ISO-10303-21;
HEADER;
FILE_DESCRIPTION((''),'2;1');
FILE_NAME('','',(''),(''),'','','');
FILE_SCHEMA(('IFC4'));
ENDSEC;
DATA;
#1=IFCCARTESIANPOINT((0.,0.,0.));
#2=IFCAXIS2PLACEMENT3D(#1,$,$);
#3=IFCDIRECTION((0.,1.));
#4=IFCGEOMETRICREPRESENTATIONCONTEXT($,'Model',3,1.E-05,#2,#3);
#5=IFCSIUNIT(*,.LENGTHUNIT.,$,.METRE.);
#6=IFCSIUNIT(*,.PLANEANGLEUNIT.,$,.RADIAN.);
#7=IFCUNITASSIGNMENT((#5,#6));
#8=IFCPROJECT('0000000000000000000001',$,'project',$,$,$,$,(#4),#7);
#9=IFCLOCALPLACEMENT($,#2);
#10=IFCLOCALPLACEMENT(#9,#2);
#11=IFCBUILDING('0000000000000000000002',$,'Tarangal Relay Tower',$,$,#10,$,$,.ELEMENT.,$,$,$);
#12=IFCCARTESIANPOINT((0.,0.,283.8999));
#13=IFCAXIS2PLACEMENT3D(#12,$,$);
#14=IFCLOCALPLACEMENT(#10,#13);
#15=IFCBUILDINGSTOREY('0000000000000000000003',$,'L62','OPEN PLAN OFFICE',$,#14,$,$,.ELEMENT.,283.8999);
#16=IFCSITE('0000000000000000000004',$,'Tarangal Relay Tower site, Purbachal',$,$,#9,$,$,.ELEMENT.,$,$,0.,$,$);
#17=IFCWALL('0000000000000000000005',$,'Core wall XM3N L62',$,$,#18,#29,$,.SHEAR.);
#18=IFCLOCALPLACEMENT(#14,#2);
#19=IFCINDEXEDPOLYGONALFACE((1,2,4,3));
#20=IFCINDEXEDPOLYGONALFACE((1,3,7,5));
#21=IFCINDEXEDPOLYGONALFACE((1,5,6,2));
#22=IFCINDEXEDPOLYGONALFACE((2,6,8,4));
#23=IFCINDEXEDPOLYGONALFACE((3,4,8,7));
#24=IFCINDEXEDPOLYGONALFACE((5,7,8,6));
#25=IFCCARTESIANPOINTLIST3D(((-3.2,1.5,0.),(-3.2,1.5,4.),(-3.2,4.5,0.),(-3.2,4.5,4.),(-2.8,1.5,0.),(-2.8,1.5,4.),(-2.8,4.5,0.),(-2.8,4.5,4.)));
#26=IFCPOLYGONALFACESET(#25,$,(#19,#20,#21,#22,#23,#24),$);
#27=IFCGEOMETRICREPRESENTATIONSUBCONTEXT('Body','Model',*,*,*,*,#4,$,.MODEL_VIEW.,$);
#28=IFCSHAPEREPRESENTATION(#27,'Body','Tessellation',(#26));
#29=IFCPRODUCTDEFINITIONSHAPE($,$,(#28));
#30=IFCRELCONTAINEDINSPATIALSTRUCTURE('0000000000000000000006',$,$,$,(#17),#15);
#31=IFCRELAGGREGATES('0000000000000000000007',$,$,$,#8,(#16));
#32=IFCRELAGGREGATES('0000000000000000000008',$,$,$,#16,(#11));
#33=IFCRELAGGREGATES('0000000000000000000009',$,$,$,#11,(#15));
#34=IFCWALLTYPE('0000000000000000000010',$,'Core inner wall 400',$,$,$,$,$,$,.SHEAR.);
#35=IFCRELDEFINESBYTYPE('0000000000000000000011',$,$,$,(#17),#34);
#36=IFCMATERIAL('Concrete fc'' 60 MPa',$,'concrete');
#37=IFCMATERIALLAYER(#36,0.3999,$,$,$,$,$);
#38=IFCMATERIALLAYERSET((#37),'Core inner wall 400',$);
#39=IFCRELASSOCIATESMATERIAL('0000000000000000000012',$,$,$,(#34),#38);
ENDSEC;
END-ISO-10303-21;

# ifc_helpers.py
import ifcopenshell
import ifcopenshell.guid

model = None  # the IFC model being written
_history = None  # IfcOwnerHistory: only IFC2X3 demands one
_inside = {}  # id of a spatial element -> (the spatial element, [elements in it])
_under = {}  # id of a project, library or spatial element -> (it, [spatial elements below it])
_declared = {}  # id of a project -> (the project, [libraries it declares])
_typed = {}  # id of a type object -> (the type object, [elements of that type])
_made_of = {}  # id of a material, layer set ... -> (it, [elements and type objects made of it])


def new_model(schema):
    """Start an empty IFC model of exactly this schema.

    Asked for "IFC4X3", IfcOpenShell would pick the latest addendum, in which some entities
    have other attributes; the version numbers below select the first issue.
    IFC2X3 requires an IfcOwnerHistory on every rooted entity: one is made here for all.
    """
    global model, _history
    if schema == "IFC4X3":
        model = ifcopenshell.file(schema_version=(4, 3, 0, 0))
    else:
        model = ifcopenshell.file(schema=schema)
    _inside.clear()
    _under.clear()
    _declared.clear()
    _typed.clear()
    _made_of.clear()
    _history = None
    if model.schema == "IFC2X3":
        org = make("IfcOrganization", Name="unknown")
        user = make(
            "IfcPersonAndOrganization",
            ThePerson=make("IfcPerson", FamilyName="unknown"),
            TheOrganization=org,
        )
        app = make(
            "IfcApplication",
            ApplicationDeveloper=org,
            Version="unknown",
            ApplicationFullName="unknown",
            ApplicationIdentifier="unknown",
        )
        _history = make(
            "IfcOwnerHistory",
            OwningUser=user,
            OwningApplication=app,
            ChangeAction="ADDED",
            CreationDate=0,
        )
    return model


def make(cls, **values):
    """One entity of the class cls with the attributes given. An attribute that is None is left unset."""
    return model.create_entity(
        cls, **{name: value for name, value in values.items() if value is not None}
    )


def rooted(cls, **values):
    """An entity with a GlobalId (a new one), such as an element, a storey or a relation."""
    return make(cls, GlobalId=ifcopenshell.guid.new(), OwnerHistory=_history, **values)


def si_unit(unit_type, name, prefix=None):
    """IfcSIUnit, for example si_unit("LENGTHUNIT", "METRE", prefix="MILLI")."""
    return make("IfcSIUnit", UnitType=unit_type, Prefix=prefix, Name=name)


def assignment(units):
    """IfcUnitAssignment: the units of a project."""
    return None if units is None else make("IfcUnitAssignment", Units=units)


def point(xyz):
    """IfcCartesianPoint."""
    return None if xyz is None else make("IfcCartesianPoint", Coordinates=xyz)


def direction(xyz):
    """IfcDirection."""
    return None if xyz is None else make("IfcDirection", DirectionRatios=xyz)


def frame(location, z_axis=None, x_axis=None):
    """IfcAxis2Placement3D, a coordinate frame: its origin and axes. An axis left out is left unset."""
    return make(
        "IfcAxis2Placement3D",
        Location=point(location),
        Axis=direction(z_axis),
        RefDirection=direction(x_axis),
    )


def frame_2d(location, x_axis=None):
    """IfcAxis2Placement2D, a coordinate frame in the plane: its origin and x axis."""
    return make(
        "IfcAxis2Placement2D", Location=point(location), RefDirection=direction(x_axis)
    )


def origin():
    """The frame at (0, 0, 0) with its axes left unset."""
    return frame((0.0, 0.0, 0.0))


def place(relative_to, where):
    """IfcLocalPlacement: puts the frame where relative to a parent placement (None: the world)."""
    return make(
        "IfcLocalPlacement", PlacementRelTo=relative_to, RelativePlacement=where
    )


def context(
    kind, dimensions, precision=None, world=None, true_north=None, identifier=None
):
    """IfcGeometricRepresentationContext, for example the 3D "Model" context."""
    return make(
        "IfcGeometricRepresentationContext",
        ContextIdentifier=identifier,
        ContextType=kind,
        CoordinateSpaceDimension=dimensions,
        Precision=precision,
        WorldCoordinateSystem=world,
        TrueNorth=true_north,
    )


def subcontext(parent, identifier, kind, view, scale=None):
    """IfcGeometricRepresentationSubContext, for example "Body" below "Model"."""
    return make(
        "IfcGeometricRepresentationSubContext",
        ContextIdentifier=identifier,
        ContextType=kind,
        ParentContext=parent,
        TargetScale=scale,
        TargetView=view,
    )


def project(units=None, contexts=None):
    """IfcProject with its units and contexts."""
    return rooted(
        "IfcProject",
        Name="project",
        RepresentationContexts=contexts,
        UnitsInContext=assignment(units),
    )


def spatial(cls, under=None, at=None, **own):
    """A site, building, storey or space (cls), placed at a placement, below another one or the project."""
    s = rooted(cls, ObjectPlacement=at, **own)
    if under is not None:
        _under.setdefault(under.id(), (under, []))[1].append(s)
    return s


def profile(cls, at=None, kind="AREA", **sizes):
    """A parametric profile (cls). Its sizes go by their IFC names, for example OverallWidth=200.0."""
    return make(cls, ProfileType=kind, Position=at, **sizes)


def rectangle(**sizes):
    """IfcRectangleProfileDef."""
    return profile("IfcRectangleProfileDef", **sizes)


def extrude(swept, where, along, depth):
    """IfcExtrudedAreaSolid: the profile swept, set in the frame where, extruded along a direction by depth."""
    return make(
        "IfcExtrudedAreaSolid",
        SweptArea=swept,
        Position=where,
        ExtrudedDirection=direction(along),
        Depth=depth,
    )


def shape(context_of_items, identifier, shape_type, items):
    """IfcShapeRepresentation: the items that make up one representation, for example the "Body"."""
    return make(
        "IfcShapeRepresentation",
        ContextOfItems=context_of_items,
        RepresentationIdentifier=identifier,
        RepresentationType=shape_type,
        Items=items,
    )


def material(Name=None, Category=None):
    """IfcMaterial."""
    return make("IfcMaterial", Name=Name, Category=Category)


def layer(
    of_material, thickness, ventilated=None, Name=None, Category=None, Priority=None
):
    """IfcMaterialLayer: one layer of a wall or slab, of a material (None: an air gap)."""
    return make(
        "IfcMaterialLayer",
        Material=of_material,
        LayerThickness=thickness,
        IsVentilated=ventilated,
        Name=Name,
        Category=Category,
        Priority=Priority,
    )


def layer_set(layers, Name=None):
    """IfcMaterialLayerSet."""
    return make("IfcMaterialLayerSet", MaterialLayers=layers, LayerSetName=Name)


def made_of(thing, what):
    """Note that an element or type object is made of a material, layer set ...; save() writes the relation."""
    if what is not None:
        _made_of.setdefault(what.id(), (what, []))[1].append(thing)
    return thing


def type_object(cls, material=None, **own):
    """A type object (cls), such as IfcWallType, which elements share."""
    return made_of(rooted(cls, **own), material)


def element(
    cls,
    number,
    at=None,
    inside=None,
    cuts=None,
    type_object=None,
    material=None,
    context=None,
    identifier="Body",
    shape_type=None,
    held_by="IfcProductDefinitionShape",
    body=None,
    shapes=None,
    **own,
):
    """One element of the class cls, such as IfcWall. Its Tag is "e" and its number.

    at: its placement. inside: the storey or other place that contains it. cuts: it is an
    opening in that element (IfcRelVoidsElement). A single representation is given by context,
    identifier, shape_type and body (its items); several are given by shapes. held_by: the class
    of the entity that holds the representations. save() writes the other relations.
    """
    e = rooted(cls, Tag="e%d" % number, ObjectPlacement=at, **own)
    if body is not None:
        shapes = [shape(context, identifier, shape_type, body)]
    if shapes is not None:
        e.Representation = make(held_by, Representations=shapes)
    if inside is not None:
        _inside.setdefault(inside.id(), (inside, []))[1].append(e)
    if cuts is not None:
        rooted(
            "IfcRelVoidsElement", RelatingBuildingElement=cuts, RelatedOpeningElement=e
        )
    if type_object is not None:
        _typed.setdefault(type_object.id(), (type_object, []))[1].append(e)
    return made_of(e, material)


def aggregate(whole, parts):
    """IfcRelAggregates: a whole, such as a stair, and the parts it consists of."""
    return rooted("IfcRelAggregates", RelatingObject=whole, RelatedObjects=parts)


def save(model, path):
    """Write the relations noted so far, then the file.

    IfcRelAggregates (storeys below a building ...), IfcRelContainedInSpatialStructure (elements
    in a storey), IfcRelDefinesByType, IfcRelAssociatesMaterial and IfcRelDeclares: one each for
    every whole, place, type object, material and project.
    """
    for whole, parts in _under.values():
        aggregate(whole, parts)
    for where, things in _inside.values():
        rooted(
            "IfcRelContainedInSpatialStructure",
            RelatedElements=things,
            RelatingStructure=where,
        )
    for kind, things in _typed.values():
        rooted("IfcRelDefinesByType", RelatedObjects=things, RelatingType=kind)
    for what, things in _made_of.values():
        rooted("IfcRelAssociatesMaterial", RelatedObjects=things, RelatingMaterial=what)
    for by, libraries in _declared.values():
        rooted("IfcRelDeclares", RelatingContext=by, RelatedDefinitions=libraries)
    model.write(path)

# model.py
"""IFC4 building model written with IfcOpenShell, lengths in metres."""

from ifc_helpers import new_model, si_unit, direction, frame, frame_2d, origin, place, context, subcontext, project, spatial, rectangle, extrude, material, layer, layer_set, type_object, element, save


model = new_model("IFC4")

# Units and contexts
model_context = context("Model", 3, precision=1e-05, world=origin(), true_north=direction((0.0, 1.0)))
body_context = subcontext(model_context, "Body", "Model", "MODEL_VIEW")
ifc_project = project(units=[si_unit("LENGTHUNIT", "METRE"), si_unit("PLANEANGLEUNIT", "RADIAN")], contexts=[model_context])

# Site, building, storey
site_placement = place(None, origin())
site = spatial("IfcSite", under=ifc_project, at=site_placement, Name="Tarangal Relay Tower site, Purbachal", CompositionType="ELEMENT", RefElevation=0.0)
building_placement = place(site_placement, origin())
building = spatial("IfcBuilding", under=site, at=building_placement, Name="Tarangal Relay Tower", CompositionType="ELEMENT")
storey_placement = place(building_placement, frame((0.0, 0.0, 283.8999)))
storey = spatial("IfcBuildingStorey", under=building, at=storey_placement, Name="L62", Description="OPEN PLAN OFFICE", CompositionType="ELEMENT", Elevation=283.8999)

# Shared definitions
ifc_material_1 = material(Name="Concrete fc' 60 MPa", Category="concrete")
ifc_layer_1 = layer(ifc_material_1, 0.3999)
ifc_layer_set_1 = layer_set([ifc_layer_1], Name="Core inner wall 400")
wall_type = type_object("IfcWallType", Name="Core inner wall 400", PredefinedType="SHEAR", material=ifc_layer_set_1)

# Wall
for number, where, z_axis, x_axis, name in (
    (1, (-3.0, 1.5, 0.0), (0.0, 0.0, 1.0), (0.0, 1.0, 0.0), "Core wall XM3N L62"),
):
    element("IfcWall", number, at=place(storey_placement, frame(where, z_axis=z_axis, x_axis=x_axis)), inside=storey, type_object=wall_type, Name=name, PredefinedType="SHEAR", context=body_context, shape_type="SweptSolid", body=[
        extrude(rectangle(XDim=3.0, YDim=0.3999, at=frame_2d((1.5, 0.0))), origin(), (0.0, 0.0, 1.0), 4.0),
    ])

save(model, "model.ifc")
